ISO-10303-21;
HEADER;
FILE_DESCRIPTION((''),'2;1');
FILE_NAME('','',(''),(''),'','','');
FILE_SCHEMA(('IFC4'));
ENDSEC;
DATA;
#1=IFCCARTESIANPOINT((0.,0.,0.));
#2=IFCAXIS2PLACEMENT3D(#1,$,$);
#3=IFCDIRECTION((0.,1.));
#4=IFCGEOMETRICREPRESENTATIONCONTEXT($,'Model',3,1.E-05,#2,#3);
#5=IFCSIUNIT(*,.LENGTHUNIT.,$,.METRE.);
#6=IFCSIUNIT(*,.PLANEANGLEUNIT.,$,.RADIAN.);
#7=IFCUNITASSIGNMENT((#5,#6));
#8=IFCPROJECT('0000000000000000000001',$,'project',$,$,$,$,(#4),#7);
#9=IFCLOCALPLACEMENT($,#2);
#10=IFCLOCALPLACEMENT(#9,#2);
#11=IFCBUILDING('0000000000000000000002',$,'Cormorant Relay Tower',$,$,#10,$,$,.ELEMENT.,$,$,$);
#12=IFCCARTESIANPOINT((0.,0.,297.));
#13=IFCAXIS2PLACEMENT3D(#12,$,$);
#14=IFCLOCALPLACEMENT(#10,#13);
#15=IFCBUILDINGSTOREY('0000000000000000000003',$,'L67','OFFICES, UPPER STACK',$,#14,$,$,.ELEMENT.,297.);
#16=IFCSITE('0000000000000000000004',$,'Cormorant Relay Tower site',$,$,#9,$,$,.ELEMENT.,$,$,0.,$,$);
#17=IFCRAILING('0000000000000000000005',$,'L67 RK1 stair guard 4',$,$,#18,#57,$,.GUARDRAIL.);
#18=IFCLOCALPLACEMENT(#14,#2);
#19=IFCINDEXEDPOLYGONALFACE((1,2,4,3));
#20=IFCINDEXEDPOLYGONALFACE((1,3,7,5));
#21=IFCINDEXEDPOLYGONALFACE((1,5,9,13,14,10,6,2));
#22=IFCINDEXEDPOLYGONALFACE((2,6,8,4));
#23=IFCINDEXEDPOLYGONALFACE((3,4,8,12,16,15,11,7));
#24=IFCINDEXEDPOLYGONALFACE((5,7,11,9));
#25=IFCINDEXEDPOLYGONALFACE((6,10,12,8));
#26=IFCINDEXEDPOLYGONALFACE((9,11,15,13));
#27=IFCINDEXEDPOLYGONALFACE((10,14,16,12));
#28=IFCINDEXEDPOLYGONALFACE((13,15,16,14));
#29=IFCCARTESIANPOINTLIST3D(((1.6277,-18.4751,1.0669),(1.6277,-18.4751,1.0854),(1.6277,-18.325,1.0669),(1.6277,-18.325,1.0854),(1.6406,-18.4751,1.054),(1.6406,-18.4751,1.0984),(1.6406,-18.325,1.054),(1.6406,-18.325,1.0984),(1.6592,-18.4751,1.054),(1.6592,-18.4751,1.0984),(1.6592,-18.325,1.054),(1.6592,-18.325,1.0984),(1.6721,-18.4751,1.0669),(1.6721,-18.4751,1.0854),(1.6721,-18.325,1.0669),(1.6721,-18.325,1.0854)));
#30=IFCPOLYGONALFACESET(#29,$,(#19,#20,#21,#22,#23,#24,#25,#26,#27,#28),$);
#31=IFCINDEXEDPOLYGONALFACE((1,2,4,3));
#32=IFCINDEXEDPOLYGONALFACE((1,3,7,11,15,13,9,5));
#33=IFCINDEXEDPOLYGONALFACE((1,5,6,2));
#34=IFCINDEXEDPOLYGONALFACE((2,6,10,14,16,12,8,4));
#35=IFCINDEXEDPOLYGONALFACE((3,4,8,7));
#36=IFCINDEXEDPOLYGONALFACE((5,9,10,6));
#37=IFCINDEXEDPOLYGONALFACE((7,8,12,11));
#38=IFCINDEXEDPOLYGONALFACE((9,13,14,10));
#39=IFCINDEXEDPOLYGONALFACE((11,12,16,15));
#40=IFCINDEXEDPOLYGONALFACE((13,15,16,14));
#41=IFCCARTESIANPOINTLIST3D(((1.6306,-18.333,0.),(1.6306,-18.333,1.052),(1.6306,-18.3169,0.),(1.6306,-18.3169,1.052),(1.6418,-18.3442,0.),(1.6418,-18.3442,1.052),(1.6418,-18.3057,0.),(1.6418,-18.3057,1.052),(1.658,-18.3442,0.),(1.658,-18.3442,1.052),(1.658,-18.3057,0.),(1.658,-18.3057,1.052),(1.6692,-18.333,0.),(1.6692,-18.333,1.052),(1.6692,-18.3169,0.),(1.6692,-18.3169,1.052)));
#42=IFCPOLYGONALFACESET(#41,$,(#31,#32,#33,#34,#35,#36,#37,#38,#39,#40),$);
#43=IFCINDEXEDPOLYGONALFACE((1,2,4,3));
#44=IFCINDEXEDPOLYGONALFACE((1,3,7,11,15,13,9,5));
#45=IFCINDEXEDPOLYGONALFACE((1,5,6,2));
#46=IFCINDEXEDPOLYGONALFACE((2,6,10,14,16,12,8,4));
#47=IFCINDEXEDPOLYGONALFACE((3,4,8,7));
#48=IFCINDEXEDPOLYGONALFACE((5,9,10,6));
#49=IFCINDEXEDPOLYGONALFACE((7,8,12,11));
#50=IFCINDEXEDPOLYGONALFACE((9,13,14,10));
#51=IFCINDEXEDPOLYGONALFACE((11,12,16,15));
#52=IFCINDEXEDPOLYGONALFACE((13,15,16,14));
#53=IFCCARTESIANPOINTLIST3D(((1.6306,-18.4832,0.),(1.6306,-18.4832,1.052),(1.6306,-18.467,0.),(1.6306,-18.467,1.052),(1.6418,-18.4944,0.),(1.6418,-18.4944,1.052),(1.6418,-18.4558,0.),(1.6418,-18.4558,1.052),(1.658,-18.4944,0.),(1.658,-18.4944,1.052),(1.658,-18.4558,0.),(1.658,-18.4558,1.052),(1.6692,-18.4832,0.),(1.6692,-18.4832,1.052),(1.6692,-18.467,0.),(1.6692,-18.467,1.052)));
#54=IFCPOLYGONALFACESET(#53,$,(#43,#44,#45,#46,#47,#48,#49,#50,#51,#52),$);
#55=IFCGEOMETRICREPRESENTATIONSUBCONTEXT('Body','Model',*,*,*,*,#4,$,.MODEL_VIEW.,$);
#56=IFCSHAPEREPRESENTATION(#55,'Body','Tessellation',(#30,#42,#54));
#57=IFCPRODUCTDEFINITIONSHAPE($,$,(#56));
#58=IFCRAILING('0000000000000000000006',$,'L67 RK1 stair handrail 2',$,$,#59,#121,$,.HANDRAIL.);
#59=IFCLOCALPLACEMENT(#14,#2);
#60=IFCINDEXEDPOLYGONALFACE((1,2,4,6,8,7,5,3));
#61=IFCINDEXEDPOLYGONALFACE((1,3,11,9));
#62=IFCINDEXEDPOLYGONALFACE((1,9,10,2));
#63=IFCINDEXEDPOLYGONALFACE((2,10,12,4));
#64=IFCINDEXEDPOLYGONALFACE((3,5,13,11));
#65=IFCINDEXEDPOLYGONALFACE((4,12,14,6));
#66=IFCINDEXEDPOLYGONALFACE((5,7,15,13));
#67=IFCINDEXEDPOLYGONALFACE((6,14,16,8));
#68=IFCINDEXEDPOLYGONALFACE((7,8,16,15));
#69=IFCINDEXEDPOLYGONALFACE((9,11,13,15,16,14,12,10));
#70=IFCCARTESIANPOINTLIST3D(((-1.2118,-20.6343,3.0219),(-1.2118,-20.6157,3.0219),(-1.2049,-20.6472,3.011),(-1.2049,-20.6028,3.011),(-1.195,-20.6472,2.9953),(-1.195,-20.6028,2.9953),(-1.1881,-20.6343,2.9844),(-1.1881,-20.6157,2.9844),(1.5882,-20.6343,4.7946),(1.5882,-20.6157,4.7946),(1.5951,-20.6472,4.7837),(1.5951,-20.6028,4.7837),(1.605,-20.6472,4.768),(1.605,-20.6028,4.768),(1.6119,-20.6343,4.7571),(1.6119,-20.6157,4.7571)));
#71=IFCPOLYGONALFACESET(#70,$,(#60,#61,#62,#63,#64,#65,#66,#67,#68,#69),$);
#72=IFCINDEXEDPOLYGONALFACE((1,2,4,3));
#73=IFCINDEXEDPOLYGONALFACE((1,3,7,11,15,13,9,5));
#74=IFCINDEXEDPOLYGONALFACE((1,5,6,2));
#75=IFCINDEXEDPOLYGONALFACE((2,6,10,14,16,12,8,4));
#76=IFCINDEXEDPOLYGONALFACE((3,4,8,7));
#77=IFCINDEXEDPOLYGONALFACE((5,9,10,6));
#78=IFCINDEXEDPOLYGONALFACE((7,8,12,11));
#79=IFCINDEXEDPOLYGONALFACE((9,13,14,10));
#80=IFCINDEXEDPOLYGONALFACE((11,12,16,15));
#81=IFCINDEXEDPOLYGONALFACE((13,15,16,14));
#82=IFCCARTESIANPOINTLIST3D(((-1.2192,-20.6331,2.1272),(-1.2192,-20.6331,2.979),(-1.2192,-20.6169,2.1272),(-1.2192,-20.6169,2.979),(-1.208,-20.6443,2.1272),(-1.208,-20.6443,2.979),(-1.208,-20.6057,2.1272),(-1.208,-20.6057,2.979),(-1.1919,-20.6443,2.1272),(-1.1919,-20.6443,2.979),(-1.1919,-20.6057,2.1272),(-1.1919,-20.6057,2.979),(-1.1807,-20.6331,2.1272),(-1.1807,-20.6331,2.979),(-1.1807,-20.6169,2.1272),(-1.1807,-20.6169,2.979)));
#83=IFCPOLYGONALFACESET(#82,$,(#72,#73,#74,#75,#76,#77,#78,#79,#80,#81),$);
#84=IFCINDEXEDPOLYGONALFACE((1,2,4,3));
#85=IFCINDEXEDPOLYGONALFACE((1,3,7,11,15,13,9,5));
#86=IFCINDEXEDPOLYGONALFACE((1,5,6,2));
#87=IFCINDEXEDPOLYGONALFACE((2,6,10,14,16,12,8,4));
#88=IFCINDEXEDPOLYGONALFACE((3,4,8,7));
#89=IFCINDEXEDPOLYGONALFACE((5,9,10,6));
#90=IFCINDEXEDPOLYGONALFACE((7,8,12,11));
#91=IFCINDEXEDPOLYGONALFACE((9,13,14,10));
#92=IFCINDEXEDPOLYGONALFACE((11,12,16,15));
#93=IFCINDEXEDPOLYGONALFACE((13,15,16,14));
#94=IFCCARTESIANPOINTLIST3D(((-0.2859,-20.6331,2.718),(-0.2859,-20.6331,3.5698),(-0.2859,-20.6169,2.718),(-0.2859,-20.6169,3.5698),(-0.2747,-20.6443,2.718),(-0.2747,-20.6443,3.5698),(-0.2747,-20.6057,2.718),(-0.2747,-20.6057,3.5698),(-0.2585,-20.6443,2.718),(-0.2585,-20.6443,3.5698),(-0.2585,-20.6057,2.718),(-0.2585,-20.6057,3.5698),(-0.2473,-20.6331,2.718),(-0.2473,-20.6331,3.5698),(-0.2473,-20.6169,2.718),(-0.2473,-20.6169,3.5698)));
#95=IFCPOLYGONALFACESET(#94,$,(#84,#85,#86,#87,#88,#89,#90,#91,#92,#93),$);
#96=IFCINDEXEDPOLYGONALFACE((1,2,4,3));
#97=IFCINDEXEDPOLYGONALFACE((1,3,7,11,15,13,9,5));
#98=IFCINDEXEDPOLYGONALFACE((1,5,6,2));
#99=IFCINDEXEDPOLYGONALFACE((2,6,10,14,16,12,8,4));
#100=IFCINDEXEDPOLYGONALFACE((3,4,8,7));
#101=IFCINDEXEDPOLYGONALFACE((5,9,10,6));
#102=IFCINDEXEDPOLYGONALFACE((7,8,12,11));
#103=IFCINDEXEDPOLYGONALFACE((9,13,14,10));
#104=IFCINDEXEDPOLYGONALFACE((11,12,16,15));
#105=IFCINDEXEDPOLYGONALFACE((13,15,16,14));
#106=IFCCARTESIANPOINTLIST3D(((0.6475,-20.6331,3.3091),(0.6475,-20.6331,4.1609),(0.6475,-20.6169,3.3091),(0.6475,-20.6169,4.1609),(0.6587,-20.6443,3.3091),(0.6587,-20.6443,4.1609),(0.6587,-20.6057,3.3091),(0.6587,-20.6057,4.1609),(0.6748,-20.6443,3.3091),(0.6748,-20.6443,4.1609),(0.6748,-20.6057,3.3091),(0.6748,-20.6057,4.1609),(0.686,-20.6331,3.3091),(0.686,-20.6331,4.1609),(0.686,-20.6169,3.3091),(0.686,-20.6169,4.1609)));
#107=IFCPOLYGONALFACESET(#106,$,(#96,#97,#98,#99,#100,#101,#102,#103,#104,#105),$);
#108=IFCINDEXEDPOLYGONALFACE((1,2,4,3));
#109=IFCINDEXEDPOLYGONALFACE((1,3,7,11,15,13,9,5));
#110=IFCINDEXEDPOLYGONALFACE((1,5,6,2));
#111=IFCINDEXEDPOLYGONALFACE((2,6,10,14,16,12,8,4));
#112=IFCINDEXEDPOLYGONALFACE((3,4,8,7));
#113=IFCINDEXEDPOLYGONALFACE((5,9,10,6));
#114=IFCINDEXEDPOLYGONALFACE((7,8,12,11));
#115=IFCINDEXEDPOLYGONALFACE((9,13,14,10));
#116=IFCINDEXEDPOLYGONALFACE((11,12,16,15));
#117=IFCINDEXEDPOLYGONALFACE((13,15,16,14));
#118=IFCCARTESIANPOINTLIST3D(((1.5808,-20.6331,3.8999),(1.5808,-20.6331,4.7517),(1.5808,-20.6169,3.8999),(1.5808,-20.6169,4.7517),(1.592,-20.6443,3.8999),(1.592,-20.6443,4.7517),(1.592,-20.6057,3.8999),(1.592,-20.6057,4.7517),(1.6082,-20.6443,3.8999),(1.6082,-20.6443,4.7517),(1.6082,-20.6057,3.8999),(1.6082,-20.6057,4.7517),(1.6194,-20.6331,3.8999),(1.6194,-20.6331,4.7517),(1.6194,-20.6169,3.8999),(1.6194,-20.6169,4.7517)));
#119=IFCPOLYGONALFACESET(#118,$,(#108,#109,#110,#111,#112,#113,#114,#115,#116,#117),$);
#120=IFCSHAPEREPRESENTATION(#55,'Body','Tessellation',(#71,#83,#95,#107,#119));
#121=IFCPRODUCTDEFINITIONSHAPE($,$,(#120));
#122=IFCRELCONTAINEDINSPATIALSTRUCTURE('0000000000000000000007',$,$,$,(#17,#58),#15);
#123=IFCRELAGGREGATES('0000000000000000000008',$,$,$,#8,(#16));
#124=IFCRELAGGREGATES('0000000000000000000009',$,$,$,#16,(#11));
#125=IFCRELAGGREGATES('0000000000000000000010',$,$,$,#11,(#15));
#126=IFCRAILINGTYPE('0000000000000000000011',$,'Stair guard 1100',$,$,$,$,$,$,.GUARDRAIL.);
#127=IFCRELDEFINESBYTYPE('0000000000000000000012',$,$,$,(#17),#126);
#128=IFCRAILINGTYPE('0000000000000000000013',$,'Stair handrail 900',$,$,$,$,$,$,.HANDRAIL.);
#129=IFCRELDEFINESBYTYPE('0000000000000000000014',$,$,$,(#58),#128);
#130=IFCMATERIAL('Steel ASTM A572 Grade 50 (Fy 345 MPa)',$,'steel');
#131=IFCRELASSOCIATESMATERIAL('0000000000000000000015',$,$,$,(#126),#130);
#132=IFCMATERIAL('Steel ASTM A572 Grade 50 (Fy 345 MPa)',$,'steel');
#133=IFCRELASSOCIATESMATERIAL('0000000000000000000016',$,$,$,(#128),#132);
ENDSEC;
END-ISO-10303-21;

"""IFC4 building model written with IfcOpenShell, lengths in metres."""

from ifc_helpers import new_model, si_unit, direction, frame, origin, place, context, subcontext, project, spatial, polyline, outline, extrude, material, type_object, element, save


model = new_model("IFC4")

# Units and contexts
model_context = context("Model", 3, precision=1e-05, world=origin(), true_north=direction((0.0, 1.0)))
body_context = subcontext(model_context, "Body", "Model", "MODEL_VIEW")
ifc_project = project(units=[si_unit("LENGTHUNIT", "METRE"), si_unit("PLANEANGLEUNIT", "RADIAN")], contexts=[model_context])

# Site, building, storey
site_placement = place(None, origin())
site = spatial("IfcSite", under=ifc_project, at=site_placement, Name="Cormorant Relay Tower site", CompositionType="ELEMENT", RefElevation=0.0)
building_placement = place(site_placement, origin())
building = spatial("IfcBuilding", under=site, at=building_placement, Name="Cormorant Relay Tower", CompositionType="ELEMENT")
storey_placement = place(building_placement, frame((0.0, 0.0, 297.0)))
storey = spatial("IfcBuildingStorey", under=building, at=storey_placement, Name="L67", Description="OFFICES, UPPER STACK", CompositionType="ELEMENT", Elevation=297.0)

# Railings
ifc_material_1 = material(Name="Steel ASTM A572 Grade 50 (Fy 345 MPa)", Category="steel")
railing_type_1 = type_object("IfcRailingType", Name="Stair guard 1100", PredefinedType="GUARDRAIL", material=ifc_material_1)
railing_1_placement = place(storey_placement, frame((1.6499, -18.325, 0.0)))
element("IfcRailing", 1, at=railing_1_placement, inside=storey, type_object=railing_type_1, Name="L67 RK1 stair guard 4", PredefinedType="GUARDRAIL", context=body_context, shape_type="SweptSolid", body=[
    extrude(outline(polyline([(0.0222, 0.0093), (0.0093, 0.0222), (-0.0093, 0.0222), (-0.0222, 0.0093), (-0.0222, -0.0093), (-0.0093, -0.0222), (0.0093, -0.0222), (0.0222, -0.0093), (0.0222, 0.0093)])), frame((0.0, 0.0, 1.0762), z_axis=(0.0, -1.0, 0.0), x_axis=(1.0, 0.0, 0.0)), (0.0, 0.0, 1.0), 0.1501),
    extrude(outline(polyline([(0.0193, 0.0081), (0.0081, 0.0193), (-0.0081, 0.0193), (-0.0193, 0.0081), (-0.0193, -0.0081), (-0.0081, -0.0193), (0.0081, -0.0193), (0.0193, -0.0081), (0.0193, 0.0081)])), origin(), (0.0, 0.0, 1.0), 1.052),
    extrude(outline(polyline([(0.0193, 0.0081), (0.0081, 0.0193), (-0.0081, 0.0193), (-0.0193, 0.0081), (-0.0193, -0.0081), (-0.0081, -0.0193), (0.0081, -0.0193), (0.0193, -0.0081), (0.0193, 0.0081)])), frame((0.0, -0.1501, 0.0)), (0.0, 0.0, 1.0), 1.052),
])
ifc_material_2 = material(Name="Steel ASTM A572 Grade 50 (Fy 345 MPa)", Category="steel")
railing_type_2 = type_object("IfcRailingType", Name="Stair handrail 900", PredefinedType="HANDRAIL", material=ifc_material_2)
railing_2_placement = place(storey_placement, frame((-1.2, -20.625, 2.1272)))
element("IfcRailing", 2, at=railing_2_placement, inside=storey, type_object=railing_type_2, Name="L67 RK1 stair handrail 2", PredefinedType="HANDRAIL", context=body_context, shape_type="SweptSolid", body=[
    extrude(outline(polyline([(0.0222, 0.0093), (0.0093, 0.0222), (-0.0093, 0.0222), (-0.0222, 0.0093), (-0.0222, -0.0093), (-0.0093, -0.0222), (0.0093, -0.0222), (0.0222, -0.0093), (0.0222, 0.0093)])), frame((0.0, 0.0, 0.876), z_axis=(0.844909, 0.0, 0.53491), x_axis=(0.0, 1.0, 0.0)), (0.0, 0.0, 1.0), 3.314),
    extrude(outline(polyline([(0.0193, 0.0081), (0.0081, 0.0193), (-0.0081, 0.0193), (-0.0193, 0.0081), (-0.0193, -0.0081), (-0.0081, -0.0193), (0.0081, -0.0193), (0.0193, -0.0081), (0.0193, 0.0081)])), origin(), (0.0, 0.0, 1.0), 0.8518),
    extrude(outline(polyline([(0.0193, 0.0081), (0.0081, 0.0193), (-0.0081, 0.0193), (-0.0193, 0.0081), (-0.0193, -0.0081), (-0.0081, -0.0193), (0.0081, -0.0193), (0.0193, -0.0081), (0.0193, 0.0081)])), frame((0.9333, 0.0, 0.5908)), (0.0, 0.0, 1.0), 0.8518),
    extrude(outline(polyline([(0.0193, 0.0081), (0.0081, 0.0193), (-0.0081, 0.0193), (-0.0193, 0.0081), (-0.0193, -0.0081), (-0.0081, -0.0193), (0.0081, -0.0193), (0.0193, -0.0081), (0.0193, 0.0081)])), frame((1.8667, 0.0, 1.1819)), (0.0, 0.0, 1.0), 0.8518),
    extrude(outline(polyline([(0.0193, 0.0081), (0.0081, 0.0193), (-0.0081, 0.0193), (-0.0193, 0.0081), (-0.0193, -0.0081), (-0.0081, -0.0193), (0.0081, -0.0193), (0.0193, -0.0081), (0.0193, 0.0081)])), frame((2.8, 0.0, 1.7727)), (0.0, 0.0, 1.0), 0.8518),
])

save(model, "model.ifc")
